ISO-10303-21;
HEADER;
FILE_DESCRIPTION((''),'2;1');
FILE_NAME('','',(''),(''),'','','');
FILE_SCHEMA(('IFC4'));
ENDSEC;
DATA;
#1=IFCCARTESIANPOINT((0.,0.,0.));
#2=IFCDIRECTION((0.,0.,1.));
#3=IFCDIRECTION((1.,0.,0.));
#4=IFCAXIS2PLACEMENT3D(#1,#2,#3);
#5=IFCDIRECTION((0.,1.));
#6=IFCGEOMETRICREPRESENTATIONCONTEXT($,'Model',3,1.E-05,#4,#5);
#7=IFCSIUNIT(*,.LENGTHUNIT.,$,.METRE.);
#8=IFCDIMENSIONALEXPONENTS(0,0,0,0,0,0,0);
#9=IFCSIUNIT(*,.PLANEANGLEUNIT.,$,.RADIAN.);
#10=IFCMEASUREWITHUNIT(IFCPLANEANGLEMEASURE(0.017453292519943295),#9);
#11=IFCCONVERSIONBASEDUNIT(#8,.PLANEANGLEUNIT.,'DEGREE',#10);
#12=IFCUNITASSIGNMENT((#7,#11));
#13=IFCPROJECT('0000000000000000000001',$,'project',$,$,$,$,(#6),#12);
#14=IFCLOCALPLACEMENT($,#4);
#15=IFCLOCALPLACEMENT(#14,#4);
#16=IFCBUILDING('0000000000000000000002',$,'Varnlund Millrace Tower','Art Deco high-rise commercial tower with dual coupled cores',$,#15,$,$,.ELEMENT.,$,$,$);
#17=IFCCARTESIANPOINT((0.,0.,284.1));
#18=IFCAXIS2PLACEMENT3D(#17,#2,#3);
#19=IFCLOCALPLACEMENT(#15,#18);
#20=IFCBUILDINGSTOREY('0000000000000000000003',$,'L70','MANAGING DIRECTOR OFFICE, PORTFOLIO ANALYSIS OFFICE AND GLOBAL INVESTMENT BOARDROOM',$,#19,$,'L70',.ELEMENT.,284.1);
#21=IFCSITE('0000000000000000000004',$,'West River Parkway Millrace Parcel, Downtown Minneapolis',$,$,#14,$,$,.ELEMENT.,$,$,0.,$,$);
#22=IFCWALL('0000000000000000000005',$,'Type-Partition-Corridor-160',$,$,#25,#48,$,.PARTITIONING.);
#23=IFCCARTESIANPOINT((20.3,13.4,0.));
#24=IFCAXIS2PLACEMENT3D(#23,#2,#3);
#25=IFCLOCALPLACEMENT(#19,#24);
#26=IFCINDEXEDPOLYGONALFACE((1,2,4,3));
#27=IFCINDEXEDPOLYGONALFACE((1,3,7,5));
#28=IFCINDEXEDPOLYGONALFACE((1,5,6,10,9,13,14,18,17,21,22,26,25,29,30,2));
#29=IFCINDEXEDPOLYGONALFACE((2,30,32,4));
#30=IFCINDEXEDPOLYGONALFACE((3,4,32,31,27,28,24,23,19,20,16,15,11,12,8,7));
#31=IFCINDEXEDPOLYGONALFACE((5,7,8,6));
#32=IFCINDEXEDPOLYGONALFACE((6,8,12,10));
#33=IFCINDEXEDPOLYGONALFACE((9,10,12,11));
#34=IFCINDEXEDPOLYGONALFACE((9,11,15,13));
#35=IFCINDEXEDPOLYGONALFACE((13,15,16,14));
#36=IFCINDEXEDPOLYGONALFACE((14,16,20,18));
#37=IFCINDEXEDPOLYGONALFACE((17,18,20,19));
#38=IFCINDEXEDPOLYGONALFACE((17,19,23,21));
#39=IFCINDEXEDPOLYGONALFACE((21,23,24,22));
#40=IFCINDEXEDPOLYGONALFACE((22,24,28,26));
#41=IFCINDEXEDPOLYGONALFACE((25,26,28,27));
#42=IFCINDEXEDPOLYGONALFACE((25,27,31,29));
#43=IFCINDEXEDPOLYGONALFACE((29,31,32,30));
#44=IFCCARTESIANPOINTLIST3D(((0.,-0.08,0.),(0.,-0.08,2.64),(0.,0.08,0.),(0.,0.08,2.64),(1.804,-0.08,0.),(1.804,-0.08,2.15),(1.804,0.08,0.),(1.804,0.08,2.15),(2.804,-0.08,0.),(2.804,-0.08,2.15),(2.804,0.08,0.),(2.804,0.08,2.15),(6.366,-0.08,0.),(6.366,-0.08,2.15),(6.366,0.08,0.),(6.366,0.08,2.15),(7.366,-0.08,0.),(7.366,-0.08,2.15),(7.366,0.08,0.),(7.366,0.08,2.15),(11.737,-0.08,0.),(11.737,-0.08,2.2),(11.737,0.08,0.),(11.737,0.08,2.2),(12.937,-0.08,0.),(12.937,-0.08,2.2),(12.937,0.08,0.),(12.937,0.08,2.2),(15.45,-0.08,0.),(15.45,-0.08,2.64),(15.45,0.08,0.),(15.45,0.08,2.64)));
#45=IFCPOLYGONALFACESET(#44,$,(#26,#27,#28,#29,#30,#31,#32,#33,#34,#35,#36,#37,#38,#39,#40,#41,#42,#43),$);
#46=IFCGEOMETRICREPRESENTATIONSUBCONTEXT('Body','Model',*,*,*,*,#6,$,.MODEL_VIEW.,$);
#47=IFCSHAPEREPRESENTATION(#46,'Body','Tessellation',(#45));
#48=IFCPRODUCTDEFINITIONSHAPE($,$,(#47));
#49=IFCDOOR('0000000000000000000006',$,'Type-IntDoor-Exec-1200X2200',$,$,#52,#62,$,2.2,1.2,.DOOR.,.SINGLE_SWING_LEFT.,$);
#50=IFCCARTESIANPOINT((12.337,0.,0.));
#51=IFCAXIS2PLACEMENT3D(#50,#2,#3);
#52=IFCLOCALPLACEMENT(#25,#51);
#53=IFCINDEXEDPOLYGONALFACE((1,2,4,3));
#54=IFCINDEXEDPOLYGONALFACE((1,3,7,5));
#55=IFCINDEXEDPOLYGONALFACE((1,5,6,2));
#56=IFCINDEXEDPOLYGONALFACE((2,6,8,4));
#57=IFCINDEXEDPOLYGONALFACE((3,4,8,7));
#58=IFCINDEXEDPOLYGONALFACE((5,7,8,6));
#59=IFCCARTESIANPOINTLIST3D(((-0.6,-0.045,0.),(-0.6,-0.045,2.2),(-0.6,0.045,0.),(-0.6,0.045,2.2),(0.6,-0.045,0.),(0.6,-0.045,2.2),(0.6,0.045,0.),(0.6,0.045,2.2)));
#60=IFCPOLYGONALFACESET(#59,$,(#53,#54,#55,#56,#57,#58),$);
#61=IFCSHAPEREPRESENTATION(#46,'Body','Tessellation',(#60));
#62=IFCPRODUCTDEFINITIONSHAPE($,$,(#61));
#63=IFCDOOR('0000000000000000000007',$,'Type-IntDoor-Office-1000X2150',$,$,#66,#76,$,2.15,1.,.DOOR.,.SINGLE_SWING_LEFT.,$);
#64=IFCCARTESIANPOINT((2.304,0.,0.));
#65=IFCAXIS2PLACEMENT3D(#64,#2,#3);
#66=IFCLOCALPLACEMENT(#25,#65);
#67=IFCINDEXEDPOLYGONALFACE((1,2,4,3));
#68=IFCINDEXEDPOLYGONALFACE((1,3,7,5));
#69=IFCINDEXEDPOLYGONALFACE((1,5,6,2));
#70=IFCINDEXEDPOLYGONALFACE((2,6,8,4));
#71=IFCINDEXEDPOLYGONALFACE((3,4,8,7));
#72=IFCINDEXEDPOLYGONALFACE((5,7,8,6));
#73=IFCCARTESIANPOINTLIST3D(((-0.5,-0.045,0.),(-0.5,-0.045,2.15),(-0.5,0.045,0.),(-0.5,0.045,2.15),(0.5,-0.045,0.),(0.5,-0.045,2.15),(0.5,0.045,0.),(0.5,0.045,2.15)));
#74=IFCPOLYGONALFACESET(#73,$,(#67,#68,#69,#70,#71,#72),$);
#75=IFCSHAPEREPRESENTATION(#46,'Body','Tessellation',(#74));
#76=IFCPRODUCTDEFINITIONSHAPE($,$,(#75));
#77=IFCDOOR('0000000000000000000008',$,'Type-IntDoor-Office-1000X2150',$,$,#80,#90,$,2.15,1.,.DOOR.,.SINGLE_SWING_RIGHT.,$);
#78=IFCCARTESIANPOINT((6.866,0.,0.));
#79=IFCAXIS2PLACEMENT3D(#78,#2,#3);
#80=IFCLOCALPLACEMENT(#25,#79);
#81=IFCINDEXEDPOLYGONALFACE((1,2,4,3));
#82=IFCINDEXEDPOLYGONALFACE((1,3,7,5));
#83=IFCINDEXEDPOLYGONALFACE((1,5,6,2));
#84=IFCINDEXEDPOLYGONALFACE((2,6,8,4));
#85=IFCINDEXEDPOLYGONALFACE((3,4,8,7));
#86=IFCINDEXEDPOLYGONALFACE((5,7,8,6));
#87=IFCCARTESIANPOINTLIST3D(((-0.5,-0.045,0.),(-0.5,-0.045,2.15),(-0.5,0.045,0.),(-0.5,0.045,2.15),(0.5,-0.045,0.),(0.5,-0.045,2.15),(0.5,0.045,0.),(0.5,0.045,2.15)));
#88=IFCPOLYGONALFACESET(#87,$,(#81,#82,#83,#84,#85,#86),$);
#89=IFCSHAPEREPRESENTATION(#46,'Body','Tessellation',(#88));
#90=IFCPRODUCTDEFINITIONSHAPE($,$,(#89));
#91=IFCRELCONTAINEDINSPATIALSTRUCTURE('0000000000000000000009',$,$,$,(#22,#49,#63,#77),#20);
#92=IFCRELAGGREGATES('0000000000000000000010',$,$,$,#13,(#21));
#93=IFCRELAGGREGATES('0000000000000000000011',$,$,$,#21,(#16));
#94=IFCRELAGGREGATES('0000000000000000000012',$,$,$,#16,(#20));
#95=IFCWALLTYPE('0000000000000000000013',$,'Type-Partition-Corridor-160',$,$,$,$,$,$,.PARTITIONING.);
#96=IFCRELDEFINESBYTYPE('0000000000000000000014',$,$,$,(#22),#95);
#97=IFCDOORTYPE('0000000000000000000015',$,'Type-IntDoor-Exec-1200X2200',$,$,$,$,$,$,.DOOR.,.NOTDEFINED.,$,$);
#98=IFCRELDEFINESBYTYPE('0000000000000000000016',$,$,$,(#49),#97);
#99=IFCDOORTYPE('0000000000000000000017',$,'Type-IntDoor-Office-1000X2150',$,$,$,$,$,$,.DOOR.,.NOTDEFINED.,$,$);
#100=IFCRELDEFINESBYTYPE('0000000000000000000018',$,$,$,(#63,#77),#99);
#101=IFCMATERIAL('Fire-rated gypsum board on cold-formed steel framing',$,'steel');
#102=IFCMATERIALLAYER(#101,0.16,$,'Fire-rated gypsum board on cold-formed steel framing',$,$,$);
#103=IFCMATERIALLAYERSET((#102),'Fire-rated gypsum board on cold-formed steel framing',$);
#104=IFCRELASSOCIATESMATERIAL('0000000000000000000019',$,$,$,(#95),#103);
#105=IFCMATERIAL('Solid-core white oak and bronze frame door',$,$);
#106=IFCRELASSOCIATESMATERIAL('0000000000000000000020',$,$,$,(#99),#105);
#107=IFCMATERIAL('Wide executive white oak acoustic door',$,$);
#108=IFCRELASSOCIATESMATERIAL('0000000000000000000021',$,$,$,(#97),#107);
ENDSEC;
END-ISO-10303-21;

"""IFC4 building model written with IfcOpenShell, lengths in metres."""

from ifc_helpers import new_model, entity, si_unit, converted_unit, direction, frame, origin_with_axes, origin_2d_with_axis, place, context, subcontext, project, spatial, polyline, rectangle, outline, extrude, material, layer, layer_set, type_object, element, fill, save


model = new_model("IFC4")

# Units and contexts
model_context = context("Model", 3, precision=1e-05, world=origin_with_axes(), true_north=direction((0.0, 1.0)))
body_context = subcontext(model_context, "Body", "Model", "MODEL_VIEW")
ifc_project = project(units=[si_unit("LENGTHUNIT", "METRE"), converted_unit("PLANEANGLEUNIT", "DEGREE", entity("IfcPlaneAngleMeasure", 0.017453292519943295), si_unit("PLANEANGLEUNIT", "RADIAN"), dimensions=[0, 0, 0, 0, 0, 0, 0])], contexts=[model_context])

# Site, building, storey
site_placement = place(None, origin_with_axes())
site = spatial("IfcSite", under=ifc_project, at=site_placement, Name="West River Parkway Millrace Parcel, Downtown Minneapolis", CompositionType="ELEMENT", RefElevation=0.0)
building_placement = place(site_placement, origin_with_axes())
building = spatial("IfcBuilding", under=site, at=building_placement, Name="Varnlund Millrace Tower", Description="Art Deco high-rise commercial tower with dual coupled cores", CompositionType="ELEMENT")
storey_placement = place(building_placement, frame((0.0, 0.0, 284.1), z_axis=(0.0, 0.0, 1.0), x_axis=(1.0, 0.0, 0.0)))
storey = spatial("IfcBuildingStorey", under=building, at=storey_placement, Name="L70", Description="MANAGING DIRECTOR OFFICE, PORTFOLIO ANALYSIS OFFICE AND GLOBAL INVESTMENT BOARDROOM", LongName="L70", CompositionType="ELEMENT", Elevation=284.1)

# Wall, openings, doors
ifc_material_1 = material(Name="Fire-rated gypsum board on cold-formed steel framing", Category="steel")
ifc_layer = layer(ifc_material_1, 0.16, Name="Fire-rated gypsum board on cold-formed steel framing")
ifc_layer_set = layer_set([ifc_layer], Name="Fire-rated gypsum board on cold-formed steel framing")
wall_type = type_object("IfcWallType", Name="Type-Partition-Corridor-160", PredefinedType="PARTITIONING", material=ifc_layer_set)
ifc_material_2 = material(Name="Solid-core white oak and bronze frame door")
door_type_1 = type_object("IfcDoorType", Name="Type-IntDoor-Office-1000X2150", OperationType="NOTDEFINED", PredefinedType="DOOR", material=ifc_material_2)
wall_1_placement = place(storey_placement, frame((20.3, 13.4, 0.0), z_axis=(0.0, 0.0, 1.0), x_axis=(1.0, 0.0, 0.0)))
wall_1 = element("IfcWall", 1, at=wall_1_placement, inside=storey, type_object=wall_type, Name="Type-Partition-Corridor-160", PredefinedType="PARTITIONING", context=body_context, shape_type="SweptSolid", body=[
    extrude(outline(polyline([(0.0, -0.08), (15.45, -0.08), (15.45, 0.08), (0.0, 0.08), (0.0, -0.08)])), origin_with_axes(), (0.0, 0.0, 1.0), 2.64),
])
opening_1_placement = place(wall_1_placement, frame((2.304, 0.0, 0.0), z_axis=(0.0, 0.0, 1.0), x_axis=(1.0, 0.0, 0.0)))
opening_1 = element("IfcOpeningElement", 2, at=opening_1_placement, cuts=wall_1, PredefinedType="OPENING", context=body_context, shape_type="SweptSolid", body=[
    extrude(rectangle(XDim=1.0, YDim=0.18, at=origin_2d_with_axis()), origin_with_axes(), (0.0, 0.0, 1.0), 2.15),
])
opening_2_placement = place(wall_1_placement, frame((6.866, 0.0, 0.0), z_axis=(0.0, 0.0, 1.0), x_axis=(1.0, 0.0, 0.0)))
opening_2 = element("IfcOpeningElement", 3, at=opening_2_placement, cuts=wall_1, PredefinedType="OPENING", context=body_context, shape_type="SweptSolid", body=[
    extrude(rectangle(XDim=1.0, YDim=0.18, at=origin_2d_with_axis()), origin_with_axes(), (0.0, 0.0, 1.0), 2.15),
])
opening_3_placement = place(wall_1_placement, frame((12.337, 0.0, 0.0), z_axis=(0.0, 0.0, 1.0), x_axis=(1.0, 0.0, 0.0)))
opening_3 = element("IfcOpeningElement", 4, at=opening_3_placement, cuts=wall_1, PredefinedType="OPENING", context=body_context, shape_type="SweptSolid", body=[
    extrude(rectangle(XDim=1.2, YDim=0.18, at=origin_2d_with_axis()), origin_with_axes(), (0.0, 0.0, 1.0), 2.2),
])
ifc_material_3 = material(Name="Wide executive white oak acoustic door")
door_type_2 = type_object("IfcDoorType", Name="Type-IntDoor-Exec-1200X2200", OperationType="NOTDEFINED", PredefinedType="DOOR", material=ifc_material_3)
door_1_placement = place(wall_1_placement, frame((12.337, 0.0, 0.0), z_axis=(0.0, 0.0, 1.0), x_axis=(1.0, 0.0, 0.0)))
door_1 = element("IfcDoor", 5, at=door_1_placement, inside=storey, type_object=door_type_2, Name="Type-IntDoor-Exec-1200X2200", OperationType="SINGLE_SWING_LEFT", OverallHeight=2.2, OverallWidth=1.2, PredefinedType="DOOR", context=body_context, shape_type="SweptSolid", body=[
    extrude(rectangle(XDim=1.2, YDim=0.09, at=origin_2d_with_axis()), origin_with_axes(), (0.0, 0.0, 1.0), 2.2),
])
fill(opening_3, door_1)
door_2_placement = place(wall_1_placement, frame((2.304, 0.0, 0.0), z_axis=(0.0, 0.0, 1.0), x_axis=(1.0, 0.0, 0.0)))
door_2 = element("IfcDoor", 6, at=door_2_placement, inside=storey, type_object=door_type_1, Name="Type-IntDoor-Office-1000X2150", OperationType="SINGLE_SWING_LEFT", OverallHeight=2.15, OverallWidth=1.0, PredefinedType="DOOR", context=body_context, shape_type="SweptSolid", body=[
    extrude(rectangle(XDim=1.0, YDim=0.09, at=origin_2d_with_axis()), origin_with_axes(), (0.0, 0.0, 1.0), 2.15),
])
fill(opening_1, door_2)
door_3_placement = place(wall_1_placement, frame((6.866, 0.0, 0.0), z_axis=(0.0, 0.0, 1.0), x_axis=(1.0, 0.0, 0.0)))
door_3 = element("IfcDoor", 7, at=door_3_placement, inside=storey, type_object=door_type_1, Name="Type-IntDoor-Office-1000X2150", OperationType="SINGLE_SWING_RIGHT", OverallHeight=2.15, OverallWidth=1.0, PredefinedType="DOOR", context=body_context, shape_type="SweptSolid", body=[
    extrude(rectangle(XDim=1.0, YDim=0.09, at=origin_2d_with_axis()), origin_with_axes(), (0.0, 0.0, 1.0), 2.15),
])
fill(opening_2, door_3)

save(model, "model.ifc")
